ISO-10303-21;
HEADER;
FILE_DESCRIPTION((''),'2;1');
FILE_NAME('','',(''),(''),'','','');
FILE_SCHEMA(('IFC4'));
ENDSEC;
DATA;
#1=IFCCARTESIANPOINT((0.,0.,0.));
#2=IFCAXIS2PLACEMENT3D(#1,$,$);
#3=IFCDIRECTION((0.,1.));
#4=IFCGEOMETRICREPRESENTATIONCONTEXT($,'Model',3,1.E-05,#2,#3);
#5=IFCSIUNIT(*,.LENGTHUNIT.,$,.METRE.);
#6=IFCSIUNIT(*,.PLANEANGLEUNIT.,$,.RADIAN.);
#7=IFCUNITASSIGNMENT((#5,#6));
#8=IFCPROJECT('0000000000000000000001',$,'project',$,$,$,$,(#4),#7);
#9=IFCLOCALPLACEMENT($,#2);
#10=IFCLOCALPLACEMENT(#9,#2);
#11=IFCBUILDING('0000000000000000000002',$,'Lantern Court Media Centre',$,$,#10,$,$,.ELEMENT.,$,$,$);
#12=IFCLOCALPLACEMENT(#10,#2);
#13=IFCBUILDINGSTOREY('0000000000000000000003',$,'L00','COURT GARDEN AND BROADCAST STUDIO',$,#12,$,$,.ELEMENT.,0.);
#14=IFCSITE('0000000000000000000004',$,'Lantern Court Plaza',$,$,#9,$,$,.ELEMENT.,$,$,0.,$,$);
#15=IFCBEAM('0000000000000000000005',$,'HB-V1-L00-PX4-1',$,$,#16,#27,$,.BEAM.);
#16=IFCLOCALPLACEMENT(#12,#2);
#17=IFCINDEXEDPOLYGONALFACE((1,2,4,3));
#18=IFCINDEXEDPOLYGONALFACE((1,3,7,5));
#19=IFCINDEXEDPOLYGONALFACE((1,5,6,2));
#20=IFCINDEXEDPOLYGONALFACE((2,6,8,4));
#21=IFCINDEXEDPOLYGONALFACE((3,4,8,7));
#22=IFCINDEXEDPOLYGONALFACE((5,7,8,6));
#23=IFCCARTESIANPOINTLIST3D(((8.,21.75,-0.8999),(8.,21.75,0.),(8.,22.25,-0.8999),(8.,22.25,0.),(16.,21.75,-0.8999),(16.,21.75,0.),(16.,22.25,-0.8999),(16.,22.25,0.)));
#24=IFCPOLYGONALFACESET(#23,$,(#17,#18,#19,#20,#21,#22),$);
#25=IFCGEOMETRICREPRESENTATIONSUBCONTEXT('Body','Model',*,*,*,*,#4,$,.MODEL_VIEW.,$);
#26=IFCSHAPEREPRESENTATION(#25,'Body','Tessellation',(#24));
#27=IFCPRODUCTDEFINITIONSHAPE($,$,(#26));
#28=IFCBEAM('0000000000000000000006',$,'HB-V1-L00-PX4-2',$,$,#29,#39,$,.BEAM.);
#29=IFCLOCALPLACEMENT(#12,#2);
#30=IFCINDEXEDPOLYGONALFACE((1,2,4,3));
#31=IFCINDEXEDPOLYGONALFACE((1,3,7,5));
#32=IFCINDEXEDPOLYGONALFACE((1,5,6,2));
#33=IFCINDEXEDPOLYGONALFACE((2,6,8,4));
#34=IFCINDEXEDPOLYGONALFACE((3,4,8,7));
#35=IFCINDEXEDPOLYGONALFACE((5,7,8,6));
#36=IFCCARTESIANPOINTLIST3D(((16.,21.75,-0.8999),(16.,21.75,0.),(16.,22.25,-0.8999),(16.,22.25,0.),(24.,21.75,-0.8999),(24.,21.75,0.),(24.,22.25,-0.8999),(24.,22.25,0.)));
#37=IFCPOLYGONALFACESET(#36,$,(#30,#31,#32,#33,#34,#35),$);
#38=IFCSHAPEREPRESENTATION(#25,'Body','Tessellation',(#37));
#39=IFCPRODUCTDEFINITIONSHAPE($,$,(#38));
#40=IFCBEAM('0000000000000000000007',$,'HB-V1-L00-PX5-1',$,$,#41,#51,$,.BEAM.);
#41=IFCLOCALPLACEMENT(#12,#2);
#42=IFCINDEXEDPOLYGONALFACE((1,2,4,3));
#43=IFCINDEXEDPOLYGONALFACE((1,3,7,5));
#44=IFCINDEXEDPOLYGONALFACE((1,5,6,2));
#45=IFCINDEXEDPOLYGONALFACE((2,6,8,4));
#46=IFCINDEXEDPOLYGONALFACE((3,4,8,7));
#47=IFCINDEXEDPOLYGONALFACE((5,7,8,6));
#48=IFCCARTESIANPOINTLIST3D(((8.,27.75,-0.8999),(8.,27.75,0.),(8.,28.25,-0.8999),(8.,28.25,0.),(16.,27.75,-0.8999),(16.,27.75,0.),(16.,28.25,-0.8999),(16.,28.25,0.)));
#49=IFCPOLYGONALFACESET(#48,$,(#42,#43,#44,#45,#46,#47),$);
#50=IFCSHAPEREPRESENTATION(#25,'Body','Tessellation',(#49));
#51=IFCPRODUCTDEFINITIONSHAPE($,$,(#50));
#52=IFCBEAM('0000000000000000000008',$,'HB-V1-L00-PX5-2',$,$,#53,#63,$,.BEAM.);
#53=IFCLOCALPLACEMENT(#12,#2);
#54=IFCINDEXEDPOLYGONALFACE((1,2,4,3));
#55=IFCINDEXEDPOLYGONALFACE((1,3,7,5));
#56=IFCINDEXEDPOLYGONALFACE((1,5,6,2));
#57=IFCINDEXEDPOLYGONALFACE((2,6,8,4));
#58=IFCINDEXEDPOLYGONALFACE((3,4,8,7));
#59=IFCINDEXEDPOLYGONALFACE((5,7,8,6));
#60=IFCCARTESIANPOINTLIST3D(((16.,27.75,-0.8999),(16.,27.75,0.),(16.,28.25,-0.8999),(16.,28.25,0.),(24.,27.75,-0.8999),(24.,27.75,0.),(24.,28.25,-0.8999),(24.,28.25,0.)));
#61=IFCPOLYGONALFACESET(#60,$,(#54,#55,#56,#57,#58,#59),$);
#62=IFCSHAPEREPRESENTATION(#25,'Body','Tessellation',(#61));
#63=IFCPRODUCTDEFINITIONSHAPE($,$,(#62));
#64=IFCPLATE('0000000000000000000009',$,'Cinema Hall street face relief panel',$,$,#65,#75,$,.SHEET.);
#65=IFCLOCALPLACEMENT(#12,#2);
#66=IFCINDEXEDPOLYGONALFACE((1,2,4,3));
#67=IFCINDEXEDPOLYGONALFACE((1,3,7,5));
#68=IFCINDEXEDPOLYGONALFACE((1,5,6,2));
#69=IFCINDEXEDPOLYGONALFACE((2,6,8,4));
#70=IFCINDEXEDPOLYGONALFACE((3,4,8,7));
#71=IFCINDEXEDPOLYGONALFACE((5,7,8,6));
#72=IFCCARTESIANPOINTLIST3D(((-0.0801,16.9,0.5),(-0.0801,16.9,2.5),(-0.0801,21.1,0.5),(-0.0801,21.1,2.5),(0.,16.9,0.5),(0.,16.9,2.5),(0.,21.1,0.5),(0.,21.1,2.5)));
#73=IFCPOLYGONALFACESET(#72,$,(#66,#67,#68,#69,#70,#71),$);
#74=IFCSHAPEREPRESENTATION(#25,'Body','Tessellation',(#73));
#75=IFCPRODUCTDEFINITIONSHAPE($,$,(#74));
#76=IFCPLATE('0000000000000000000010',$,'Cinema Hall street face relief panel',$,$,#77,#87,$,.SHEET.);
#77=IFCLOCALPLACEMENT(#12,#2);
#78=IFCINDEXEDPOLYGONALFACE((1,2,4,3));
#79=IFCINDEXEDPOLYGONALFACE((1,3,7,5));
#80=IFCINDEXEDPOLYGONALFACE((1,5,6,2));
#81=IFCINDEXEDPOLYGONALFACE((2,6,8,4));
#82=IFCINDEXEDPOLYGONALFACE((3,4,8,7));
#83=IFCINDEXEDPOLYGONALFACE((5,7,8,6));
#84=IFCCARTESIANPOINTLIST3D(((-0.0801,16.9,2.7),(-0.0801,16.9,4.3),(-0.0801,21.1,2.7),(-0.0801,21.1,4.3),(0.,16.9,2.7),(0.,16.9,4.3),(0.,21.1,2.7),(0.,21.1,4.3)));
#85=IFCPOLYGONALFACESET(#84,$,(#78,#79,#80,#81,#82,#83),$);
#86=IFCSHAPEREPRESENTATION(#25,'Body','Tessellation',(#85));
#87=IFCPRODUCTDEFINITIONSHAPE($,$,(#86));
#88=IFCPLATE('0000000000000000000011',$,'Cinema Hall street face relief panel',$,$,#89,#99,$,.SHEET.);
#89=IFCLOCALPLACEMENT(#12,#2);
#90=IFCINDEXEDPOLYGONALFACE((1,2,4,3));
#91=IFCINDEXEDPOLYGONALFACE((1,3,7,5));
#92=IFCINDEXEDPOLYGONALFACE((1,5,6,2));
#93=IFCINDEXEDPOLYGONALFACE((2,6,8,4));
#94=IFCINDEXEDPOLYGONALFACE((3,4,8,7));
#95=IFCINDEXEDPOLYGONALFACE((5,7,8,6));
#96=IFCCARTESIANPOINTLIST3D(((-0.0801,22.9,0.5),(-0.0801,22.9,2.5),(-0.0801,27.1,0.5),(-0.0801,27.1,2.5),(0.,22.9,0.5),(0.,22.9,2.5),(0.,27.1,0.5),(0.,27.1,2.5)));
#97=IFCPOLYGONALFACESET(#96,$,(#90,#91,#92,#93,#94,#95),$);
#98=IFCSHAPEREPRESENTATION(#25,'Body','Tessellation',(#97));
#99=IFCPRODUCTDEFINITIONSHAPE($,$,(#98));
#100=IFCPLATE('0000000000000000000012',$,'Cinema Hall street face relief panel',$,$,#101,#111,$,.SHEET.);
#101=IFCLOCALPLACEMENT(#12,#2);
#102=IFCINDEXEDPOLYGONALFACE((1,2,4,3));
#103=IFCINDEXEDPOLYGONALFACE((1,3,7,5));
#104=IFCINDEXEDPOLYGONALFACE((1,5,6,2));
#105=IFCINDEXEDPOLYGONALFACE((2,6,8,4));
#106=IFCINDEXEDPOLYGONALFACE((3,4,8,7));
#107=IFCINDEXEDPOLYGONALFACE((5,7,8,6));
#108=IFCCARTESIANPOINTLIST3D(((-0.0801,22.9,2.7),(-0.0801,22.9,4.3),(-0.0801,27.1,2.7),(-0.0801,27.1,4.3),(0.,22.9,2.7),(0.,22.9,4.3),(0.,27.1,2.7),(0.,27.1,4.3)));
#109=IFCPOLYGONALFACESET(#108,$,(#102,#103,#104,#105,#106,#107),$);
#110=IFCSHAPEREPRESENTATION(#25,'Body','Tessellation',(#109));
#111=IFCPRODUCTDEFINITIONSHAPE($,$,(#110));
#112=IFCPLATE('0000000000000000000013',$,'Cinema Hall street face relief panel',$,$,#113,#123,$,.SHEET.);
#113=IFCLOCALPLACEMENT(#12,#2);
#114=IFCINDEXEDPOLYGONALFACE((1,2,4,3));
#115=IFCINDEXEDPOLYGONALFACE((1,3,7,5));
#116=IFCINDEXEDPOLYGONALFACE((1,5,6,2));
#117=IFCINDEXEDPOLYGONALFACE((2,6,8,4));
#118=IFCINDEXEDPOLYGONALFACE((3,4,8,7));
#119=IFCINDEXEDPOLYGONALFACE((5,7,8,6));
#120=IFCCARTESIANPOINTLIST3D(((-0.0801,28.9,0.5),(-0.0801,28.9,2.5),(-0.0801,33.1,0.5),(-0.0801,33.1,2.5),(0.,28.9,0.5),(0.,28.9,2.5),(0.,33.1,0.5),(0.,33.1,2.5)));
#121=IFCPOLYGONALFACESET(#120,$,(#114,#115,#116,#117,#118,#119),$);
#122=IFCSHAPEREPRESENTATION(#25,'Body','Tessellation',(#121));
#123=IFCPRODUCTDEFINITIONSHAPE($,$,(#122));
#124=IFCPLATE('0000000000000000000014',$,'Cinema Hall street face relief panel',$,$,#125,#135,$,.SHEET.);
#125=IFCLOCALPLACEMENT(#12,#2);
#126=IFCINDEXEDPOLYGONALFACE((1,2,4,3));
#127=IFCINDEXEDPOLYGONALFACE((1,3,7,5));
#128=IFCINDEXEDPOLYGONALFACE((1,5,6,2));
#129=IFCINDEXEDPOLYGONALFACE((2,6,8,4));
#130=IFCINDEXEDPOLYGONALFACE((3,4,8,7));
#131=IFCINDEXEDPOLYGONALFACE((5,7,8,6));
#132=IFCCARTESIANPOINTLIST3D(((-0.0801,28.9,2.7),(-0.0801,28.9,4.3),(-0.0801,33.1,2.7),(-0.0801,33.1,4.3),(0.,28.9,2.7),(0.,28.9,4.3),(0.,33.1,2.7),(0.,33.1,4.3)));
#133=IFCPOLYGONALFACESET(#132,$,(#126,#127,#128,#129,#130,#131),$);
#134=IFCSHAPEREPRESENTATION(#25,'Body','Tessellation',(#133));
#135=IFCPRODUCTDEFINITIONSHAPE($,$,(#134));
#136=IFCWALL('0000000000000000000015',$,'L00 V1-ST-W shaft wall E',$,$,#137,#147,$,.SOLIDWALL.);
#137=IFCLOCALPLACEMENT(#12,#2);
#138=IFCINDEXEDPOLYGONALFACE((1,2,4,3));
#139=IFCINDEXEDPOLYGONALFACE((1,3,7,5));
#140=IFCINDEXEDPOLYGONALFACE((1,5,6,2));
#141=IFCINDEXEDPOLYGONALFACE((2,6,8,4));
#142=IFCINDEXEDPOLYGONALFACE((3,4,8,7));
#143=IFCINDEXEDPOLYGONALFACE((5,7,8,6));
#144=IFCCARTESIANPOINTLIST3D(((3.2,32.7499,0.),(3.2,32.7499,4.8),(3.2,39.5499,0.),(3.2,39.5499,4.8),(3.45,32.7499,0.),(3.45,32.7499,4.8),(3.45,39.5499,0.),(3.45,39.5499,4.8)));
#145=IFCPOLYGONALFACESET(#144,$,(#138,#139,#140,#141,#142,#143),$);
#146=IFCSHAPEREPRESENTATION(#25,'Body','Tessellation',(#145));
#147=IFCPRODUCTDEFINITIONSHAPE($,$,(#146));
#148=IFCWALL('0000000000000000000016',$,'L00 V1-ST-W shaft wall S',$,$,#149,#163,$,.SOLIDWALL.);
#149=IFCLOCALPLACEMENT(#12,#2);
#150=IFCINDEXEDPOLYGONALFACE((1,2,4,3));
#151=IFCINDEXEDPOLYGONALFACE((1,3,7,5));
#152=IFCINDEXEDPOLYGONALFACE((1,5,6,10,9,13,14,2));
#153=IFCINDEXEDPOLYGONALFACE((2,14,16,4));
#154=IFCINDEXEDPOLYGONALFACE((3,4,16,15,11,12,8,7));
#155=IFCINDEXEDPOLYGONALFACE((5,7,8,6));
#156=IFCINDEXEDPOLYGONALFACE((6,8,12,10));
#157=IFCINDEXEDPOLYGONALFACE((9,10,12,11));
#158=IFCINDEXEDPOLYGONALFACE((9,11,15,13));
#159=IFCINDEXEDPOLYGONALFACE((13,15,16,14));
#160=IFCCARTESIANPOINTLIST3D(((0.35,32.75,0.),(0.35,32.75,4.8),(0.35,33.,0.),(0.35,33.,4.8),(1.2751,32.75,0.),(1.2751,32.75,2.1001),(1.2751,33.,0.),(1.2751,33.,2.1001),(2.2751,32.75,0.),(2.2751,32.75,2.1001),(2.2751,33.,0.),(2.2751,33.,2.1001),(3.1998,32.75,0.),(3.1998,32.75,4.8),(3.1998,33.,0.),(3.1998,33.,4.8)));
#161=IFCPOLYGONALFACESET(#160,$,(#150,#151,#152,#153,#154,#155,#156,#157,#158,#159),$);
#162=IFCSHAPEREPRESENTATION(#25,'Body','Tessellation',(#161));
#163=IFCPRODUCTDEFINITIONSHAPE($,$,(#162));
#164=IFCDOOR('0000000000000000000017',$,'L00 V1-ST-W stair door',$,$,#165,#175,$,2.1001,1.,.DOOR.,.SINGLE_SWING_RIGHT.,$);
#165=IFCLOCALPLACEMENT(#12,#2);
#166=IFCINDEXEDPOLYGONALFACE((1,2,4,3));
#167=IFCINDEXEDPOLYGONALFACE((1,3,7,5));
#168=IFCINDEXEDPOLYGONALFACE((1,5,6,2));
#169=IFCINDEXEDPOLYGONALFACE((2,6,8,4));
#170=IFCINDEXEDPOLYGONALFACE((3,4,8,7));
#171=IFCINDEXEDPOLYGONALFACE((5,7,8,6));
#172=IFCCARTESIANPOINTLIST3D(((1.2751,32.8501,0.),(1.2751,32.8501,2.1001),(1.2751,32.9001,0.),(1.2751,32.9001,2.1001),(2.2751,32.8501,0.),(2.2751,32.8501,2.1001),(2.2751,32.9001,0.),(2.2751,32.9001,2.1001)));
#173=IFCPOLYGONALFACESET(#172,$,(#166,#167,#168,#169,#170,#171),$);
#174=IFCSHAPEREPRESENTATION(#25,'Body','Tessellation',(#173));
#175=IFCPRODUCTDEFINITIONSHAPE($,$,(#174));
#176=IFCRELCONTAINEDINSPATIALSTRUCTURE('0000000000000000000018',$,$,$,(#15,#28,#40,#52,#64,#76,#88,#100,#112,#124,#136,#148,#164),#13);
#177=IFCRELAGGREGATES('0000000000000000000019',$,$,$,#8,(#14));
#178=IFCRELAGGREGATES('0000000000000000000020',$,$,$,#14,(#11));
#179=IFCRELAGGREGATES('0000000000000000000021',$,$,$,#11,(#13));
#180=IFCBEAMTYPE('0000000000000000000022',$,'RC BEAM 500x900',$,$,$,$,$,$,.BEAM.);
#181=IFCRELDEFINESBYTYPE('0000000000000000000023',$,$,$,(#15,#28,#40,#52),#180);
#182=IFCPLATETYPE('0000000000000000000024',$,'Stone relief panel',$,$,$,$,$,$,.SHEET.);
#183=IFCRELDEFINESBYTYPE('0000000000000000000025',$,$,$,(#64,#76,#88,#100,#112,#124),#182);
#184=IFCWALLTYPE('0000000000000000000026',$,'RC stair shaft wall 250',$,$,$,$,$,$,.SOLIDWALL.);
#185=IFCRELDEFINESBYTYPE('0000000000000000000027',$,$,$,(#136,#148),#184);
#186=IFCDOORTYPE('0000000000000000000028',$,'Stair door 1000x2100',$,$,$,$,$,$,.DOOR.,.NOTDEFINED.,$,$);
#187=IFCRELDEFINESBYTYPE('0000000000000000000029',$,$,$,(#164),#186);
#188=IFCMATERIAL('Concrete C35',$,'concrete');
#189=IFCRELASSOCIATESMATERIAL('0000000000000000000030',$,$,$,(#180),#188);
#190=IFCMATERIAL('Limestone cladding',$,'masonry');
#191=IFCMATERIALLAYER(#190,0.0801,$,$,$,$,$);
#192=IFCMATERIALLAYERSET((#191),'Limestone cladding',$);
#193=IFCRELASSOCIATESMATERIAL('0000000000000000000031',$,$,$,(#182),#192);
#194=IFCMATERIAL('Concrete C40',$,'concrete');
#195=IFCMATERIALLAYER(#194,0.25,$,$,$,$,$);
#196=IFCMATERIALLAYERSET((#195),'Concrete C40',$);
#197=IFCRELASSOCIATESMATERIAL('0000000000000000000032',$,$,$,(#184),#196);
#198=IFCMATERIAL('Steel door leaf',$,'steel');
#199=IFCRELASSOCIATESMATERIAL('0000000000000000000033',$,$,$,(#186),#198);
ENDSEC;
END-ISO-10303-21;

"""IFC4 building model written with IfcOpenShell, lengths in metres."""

from ifc_helpers import new_model, si_unit, direction, frame, frame_2d, origin, origin_2d, place, context, subcontext, project, spatial, rectangle, extrude, material, layer, layer_set, material_profile, profile_set, type_object, element, fill, save


model = new_model("IFC4")

# Units and contexts
model_context = context("Model", 3, precision=1e-05, world=origin(), true_north=direction((0.0, 1.0)))
body_context = subcontext(model_context, "Body", "Model", "MODEL_VIEW")
ifc_project = project(units=[si_unit("LENGTHUNIT", "METRE"), si_unit("PLANEANGLEUNIT", "RADIAN")], contexts=[model_context])

# Site, building, storey
site_placement = place(None, origin())
site = spatial("IfcSite", under=ifc_project, at=site_placement, Name="Lantern Court Plaza", CompositionType="ELEMENT", RefElevation=0.0)
building_placement = place(site_placement, origin())
building = spatial("IfcBuilding", under=site, at=building_placement, Name="Lantern Court Media Centre", CompositionType="ELEMENT")
storey_placement = place(building_placement, origin())
storey = spatial("IfcBuildingStorey", under=building, at=storey_placement, Name="L00", Description="COURT GARDEN AND BROADCAST STUDIO", CompositionType="ELEMENT", Elevation=0.0)

# Shared definitions
ifc_material_1 = material(Name="Concrete C35", Category="concrete")

# Beams
ifc_material_profile_1 = material_profile(ifc_material_1, rectangle(XDim=0.5, YDim=0.8999, at=origin_2d()), Name="RC 500x900")
ifc_profile_set_1 = profile_set([ifc_material_profile_1], Name="Concrete C35")
beam_type_1 = type_object("IfcBeamType", Name="RC BEAM 500x900", PredefinedType="BEAM", material=ifc_profile_set_1)
for number, where, z_axis, x_axis, name in (
    (1, (8.0, 22.0, -0.45), (1.0, 0.0, 0.0), (0.0, 1.0, 0.0), "HB-V1-L00-PX4-1"),
    (2, (16.0, 22.0, -0.45), (1.0, 0.0, 0.0), (0.0, 1.0, 0.0), "HB-V1-L00-PX4-2"),
    (3, (8.0, 28.0, -0.45), (1.0, 0.0, 0.0), (0.0, 1.0, 0.0), "HB-V1-L00-PX5-1"),
    (4, (16.0, 28.0, -0.45), (1.0, 0.0, 0.0), (0.0, 1.0, 0.0), "HB-V1-L00-PX5-2"),
):
    element("IfcBeam", number, at=place(storey_placement, frame(where, z_axis=z_axis, x_axis=x_axis)), inside=storey, type_object=beam_type_1, Name=name, PredefinedType="BEAM", context=body_context, shape_type="SweptSolid", body=[
        extrude(rectangle(XDim=0.5, YDim=0.8999, at=origin_2d()), origin(), (0.0, 0.0, 1.0), 8.0),
    ])

# Plates
ifc_material_2 = material(Name="Limestone cladding", Category="masonry")
ifc_layer_1 = layer(ifc_material_2, 0.0801)
ifc_layer_set_1 = layer_set([ifc_layer_1], Name="Limestone cladding")
plate_type = type_object("IfcPlateType", Name="Stone relief panel", PredefinedType="SHEET", material=ifc_layer_set_1)
plate_1_placement = place(storey_placement, frame((-0.04, 19.0, 0.5), z_axis=(0.0, 0.0, 1.0), x_axis=(1.0, 0.0, 0.0)))
element("IfcPlate", 5, at=plate_1_placement, inside=storey, type_object=plate_type, Name="Cinema Hall street face relief panel", PredefinedType="SHEET", context=body_context, shape_type="SweptSolid", body=[
    extrude(rectangle(XDim=0.0801, YDim=4.2, at=origin_2d()), origin(), (0.0, 0.0, 1.0), 2.0),
])
plate_2_placement = place(storey_placement, frame((-0.04, 19.0, 2.7), z_axis=(0.0, 0.0, 1.0), x_axis=(1.0, 0.0, 0.0)))
element("IfcPlate", 6, at=plate_2_placement, inside=storey, type_object=plate_type, Name="Cinema Hall street face relief panel", PredefinedType="SHEET", context=body_context, shape_type="SweptSolid", body=[
    extrude(rectangle(XDim=0.0801, YDim=4.2, at=origin_2d()), origin(), (0.0, 0.0, 1.0), 1.6001),
])
plate_3_placement = place(storey_placement, frame((-0.04, 25.0, 0.5), z_axis=(0.0, 0.0, 1.0), x_axis=(1.0, 0.0, 0.0)))
element("IfcPlate", 7, at=plate_3_placement, inside=storey, type_object=plate_type, Name="Cinema Hall street face relief panel", PredefinedType="SHEET", context=body_context, shape_type="SweptSolid", body=[
    extrude(rectangle(XDim=0.0801, YDim=4.2, at=origin_2d()), origin(), (0.0, 0.0, 1.0), 2.0),
])
plate_4_placement = place(storey_placement, frame((-0.04, 25.0, 2.7), z_axis=(0.0, 0.0, 1.0), x_axis=(1.0, 0.0, 0.0)))
element("IfcPlate", 8, at=plate_4_placement, inside=storey, type_object=plate_type, Name="Cinema Hall street face relief panel", PredefinedType="SHEET", context=body_context, shape_type="SweptSolid", body=[
    extrude(rectangle(XDim=0.0801, YDim=4.2, at=origin_2d()), origin(), (0.0, 0.0, 1.0), 1.6001),
])
plate_5_placement = place(storey_placement, frame((-0.04, 31.0, 0.5), z_axis=(0.0, 0.0, 1.0), x_axis=(1.0, 0.0, 0.0)))
element("IfcPlate", 9, at=plate_5_placement, inside=storey, type_object=plate_type, Name="Cinema Hall street face relief panel", PredefinedType="SHEET", context=body_context, shape_type="SweptSolid", body=[
    extrude(rectangle(XDim=0.0801, YDim=4.2, at=origin_2d()), origin(), (0.0, 0.0, 1.0), 2.0),
])
plate_6_placement = place(storey_placement, frame((-0.04, 31.0, 2.7), z_axis=(0.0, 0.0, 1.0), x_axis=(1.0, 0.0, 0.0)))
element("IfcPlate", 10, at=plate_6_placement, inside=storey, type_object=plate_type, Name="Cinema Hall street face relief panel", PredefinedType="SHEET", context=body_context, shape_type="SweptSolid", body=[
    extrude(rectangle(XDim=0.0801, YDim=4.2, at=origin_2d()), origin(), (0.0, 0.0, 1.0), 1.6001),
])

# Wall
ifc_material_3 = material(Name="Concrete C40", Category="concrete")
ifc_layer_2 = layer(ifc_material_3, 0.25)
ifc_layer_set_2 = layer_set([ifc_layer_2], Name="Concrete C40")
wall_type = type_object("IfcWallType", Name="RC stair shaft wall 250", PredefinedType="SOLIDWALL", material=ifc_layer_set_2)
wall_1_placement = place(storey_placement, frame((3.325, 32.75, 0.0), z_axis=(0.0, 0.0, 1.0), x_axis=(0.0, 1.0, 0.0)))
element("IfcWall", 11, at=wall_1_placement, inside=storey, type_object=wall_type, Name="L00 V1-ST-W shaft wall E", PredefinedType="SOLIDWALL", context=body_context, shape_type="SweptSolid", body=[
    extrude(rectangle(XDim=6.8, YDim=0.25, at=frame_2d((3.3999, 0.0))), origin(), (0.0, 0.0, 1.0), 4.8),
])

# Wall, opening, door
wall_2_placement = place(storey_placement, frame((0.3501, 32.875, 0.0), z_axis=(0.0, 0.0, 1.0), x_axis=(1.0, 0.0, 0.0)))
wall_2 = element("IfcWall", 12, at=wall_2_placement, inside=storey, type_object=wall_type, Name="L00 V1-ST-W shaft wall S", PredefinedType="SOLIDWALL", context=body_context, shape_type="SweptSolid", body=[
    extrude(rectangle(XDim=2.8499, YDim=0.25, at=frame_2d((1.4248, 0.0))), origin(), (0.0, 0.0, 1.0), 4.8),
])
opening_placement = place(wall_2_placement, frame((0.925, 0.0, 0.0)))
opening = element("IfcOpeningElement", 13, at=opening_placement, cuts=wall_2, PredefinedType="OPENING", context=body_context, shape_type="SweptSolid", body=[
    extrude(rectangle(XDim=1.0, YDim=2.1001, at=frame_2d((0.5, 1.05))), frame((0.0, 0.135, 0.0), z_axis=(0.0, -1.0, 0.0), x_axis=(1.0, 0.0, 0.0)), (0.0, 0.0, 1.0), 0.27),
])
ifc_material_4 = material(Name="Steel door leaf", Category="steel")
door_type = type_object("IfcDoorType", Name="Stair door 1000x2100", OperationType="NOTDEFINED", PredefinedType="DOOR", material=ifc_material_4)
door_placement = place(opening_placement, frame((1.0, 0.0, 0.0), z_axis=(0.0, 0.0, 1.0), x_axis=(-1.0, 0.0, 0.0)))
door = element("IfcDoor", 14, at=door_placement, inside=storey, type_object=door_type, Name="L00 V1-ST-W stair door", OperationType="SINGLE_SWING_RIGHT", OverallHeight=2.1001, OverallWidth=1.0, PredefinedType="DOOR", context=body_context, shape_type="SweptSolid", body=[
    extrude(rectangle(XDim=1.0, YDim=2.1001, at=frame_2d((0.5, 1.05))), frame((0.0, 0.0249, 0.0), z_axis=(0.0, -1.0, 0.0), x_axis=(1.0, 0.0, 0.0)), (0.0, 0.0, 1.0), 0.05),
])
fill(opening, door)

save(model, "model.ifc")
